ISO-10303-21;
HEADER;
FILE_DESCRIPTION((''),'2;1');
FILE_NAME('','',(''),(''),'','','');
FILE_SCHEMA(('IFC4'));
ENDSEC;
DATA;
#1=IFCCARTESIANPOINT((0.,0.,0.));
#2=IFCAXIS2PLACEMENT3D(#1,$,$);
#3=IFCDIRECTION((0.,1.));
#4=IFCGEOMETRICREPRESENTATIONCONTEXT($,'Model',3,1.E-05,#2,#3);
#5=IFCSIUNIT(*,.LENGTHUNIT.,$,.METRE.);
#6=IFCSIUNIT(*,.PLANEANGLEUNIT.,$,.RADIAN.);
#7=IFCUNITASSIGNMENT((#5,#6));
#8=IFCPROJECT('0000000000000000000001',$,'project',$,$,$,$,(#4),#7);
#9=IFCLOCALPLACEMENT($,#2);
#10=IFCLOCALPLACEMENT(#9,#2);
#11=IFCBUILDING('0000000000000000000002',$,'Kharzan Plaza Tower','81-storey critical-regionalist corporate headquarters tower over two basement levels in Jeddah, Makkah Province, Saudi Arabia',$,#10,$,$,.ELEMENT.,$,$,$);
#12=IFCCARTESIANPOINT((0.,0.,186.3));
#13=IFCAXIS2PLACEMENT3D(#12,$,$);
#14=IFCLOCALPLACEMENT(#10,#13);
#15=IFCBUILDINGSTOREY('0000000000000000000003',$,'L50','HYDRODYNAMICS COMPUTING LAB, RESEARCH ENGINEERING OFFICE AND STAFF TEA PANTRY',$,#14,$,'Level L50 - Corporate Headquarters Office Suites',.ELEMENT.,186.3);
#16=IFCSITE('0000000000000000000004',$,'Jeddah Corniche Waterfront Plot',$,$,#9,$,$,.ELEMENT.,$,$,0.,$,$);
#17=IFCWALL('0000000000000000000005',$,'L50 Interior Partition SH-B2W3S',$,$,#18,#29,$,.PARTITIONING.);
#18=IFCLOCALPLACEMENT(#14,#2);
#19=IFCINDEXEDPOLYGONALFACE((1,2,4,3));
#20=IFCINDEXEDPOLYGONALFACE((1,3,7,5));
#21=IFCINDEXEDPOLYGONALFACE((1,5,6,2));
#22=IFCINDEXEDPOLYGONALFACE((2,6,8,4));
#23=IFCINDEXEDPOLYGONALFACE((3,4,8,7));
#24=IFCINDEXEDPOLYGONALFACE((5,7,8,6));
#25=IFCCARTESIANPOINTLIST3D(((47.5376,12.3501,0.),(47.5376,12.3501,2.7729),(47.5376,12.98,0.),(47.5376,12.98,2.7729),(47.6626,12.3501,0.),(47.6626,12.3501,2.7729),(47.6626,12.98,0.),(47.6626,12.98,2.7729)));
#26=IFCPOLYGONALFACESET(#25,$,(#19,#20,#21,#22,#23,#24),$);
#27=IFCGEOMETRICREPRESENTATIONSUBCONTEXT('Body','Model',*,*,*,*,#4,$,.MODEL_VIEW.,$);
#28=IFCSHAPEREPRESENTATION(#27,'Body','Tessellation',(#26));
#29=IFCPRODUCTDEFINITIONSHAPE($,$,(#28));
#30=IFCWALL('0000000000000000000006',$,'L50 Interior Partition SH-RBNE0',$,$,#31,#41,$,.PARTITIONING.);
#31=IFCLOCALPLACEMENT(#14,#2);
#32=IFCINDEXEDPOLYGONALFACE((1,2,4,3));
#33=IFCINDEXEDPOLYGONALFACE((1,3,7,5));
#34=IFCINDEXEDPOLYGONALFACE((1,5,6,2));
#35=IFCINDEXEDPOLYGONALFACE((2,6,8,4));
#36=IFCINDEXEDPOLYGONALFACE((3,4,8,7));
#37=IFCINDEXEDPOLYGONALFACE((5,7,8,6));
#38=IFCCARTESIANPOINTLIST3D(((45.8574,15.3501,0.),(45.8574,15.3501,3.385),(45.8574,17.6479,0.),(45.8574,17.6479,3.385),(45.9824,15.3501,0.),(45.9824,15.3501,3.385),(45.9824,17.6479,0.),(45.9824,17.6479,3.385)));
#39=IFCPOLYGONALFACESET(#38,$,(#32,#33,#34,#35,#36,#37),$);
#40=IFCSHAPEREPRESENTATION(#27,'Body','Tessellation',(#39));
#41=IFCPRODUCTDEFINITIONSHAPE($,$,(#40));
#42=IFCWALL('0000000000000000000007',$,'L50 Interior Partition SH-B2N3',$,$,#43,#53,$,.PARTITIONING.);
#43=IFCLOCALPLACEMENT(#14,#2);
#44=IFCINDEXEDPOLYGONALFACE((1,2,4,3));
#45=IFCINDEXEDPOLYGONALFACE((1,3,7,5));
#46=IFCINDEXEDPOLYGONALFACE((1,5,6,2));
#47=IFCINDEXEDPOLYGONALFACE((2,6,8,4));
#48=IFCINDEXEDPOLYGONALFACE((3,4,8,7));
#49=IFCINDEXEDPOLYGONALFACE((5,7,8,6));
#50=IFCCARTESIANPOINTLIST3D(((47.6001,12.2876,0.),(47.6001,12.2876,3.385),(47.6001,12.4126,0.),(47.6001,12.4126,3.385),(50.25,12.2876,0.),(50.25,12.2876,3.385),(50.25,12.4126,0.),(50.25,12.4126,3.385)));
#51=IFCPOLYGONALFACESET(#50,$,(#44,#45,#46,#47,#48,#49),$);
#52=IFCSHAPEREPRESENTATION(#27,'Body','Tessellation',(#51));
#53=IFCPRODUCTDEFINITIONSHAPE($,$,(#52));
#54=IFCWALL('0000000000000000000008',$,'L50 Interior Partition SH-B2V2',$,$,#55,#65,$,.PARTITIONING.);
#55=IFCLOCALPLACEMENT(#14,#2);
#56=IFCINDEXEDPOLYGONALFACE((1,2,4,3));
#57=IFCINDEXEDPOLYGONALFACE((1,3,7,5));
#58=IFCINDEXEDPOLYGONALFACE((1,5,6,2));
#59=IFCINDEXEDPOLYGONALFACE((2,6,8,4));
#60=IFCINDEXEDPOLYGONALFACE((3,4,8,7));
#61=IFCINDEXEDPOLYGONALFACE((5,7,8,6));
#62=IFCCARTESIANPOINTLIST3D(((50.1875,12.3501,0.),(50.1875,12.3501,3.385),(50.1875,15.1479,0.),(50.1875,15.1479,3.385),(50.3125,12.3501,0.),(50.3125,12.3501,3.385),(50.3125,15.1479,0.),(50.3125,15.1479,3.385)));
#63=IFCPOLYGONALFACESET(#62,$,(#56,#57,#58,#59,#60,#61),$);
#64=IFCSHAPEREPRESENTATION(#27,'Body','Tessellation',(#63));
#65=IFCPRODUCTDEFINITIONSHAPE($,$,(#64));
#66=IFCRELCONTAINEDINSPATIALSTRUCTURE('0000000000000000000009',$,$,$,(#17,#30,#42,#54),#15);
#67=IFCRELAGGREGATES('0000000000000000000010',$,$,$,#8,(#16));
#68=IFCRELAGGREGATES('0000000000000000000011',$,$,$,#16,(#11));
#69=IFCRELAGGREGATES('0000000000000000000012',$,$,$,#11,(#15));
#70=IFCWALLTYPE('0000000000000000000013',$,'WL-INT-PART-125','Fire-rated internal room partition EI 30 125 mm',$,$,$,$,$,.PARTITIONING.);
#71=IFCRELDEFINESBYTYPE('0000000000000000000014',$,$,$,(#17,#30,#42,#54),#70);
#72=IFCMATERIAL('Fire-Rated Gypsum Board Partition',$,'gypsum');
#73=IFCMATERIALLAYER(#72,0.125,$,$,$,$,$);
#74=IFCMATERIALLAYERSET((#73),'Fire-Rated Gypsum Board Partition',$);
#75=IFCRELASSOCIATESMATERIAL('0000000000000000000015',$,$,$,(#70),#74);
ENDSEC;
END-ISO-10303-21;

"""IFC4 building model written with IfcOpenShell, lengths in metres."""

from ifc_helpers import new_model, si_unit, direction, frame, frame_2d, origin, place, context, subcontext, project, spatial, rectangle, extrude, source, transform, mapped, material, layer, layer_set, type_object, element, save


model = new_model("IFC4")

# Units and contexts
model_context = context("Model", 3, precision=1e-05, world=origin(), true_north=direction((0.0, 1.0)))
body_context = subcontext(model_context, "Body", "Model", "MODEL_VIEW")
ifc_project = project(units=[si_unit("LENGTHUNIT", "METRE"), si_unit("PLANEANGLEUNIT", "RADIAN")], contexts=[model_context])

# Site, building, storey
site_placement = place(None, origin())
site = spatial("IfcSite", under=ifc_project, at=site_placement, Name="Jeddah Corniche Waterfront Plot", CompositionType="ELEMENT", RefElevation=0.0)
building_placement = place(site_placement, origin())
building = spatial("IfcBuilding", under=site, at=building_placement, Name="Kharzan Plaza Tower", Description="81-storey critical-regionalist corporate headquarters tower over two basement levels in Jeddah, Makkah Province, Saudi Arabia", CompositionType="ELEMENT")
storey_placement = place(building_placement, frame((0.0, 0.0, 186.3)))
storey = spatial("IfcBuildingStorey", under=building, at=storey_placement, Name="L50", Description="HYDRODYNAMICS COMPUTING LAB, RESEARCH ENGINEERING OFFICE AND STAFF TEA PANTRY", LongName="Level L50 - Corporate Headquarters Office Suites", CompositionType="ELEMENT", Elevation=186.3)

# Shared definitions
ifc_material_1 = material(Name="Fire-Rated Gypsum Board Partition", Category="gypsum")
ifc_layer_1 = layer(ifc_material_1, 0.125)
ifc_layer_set_1 = layer_set([ifc_layer_1], Name="Fire-Rated Gypsum Board Partition")
wall_type_1 = type_object("IfcWallType", Name="WL-INT-PART-125", Description="Fire-rated internal room partition EI 30 125 mm", PredefinedType="PARTITIONING", material=ifc_layer_set_1)

# Walls
shared_shape_1 = source(origin(), body_context, "Body", "SweptSolid", [
    extrude(rectangle(XDim=0.6299, YDim=0.125, at=frame_2d((0.3149, 0.0))), origin(), (0.0, 0.0, 1.0), 2.7729),
])
wall_1_placement = place(storey_placement, frame((47.6001, 12.3501, 0.0), z_axis=(0.0, 0.0, 1.0), x_axis=(0.0, 1.0, 0.0)))
element("IfcWall", 1, at=wall_1_placement, inside=storey, type_object=wall_type_1, Name="L50 Interior Partition SH-B2W3S", PredefinedType="PARTITIONING", context=body_context, shape_type="MappedRepresentation", body=[
    mapped(shared_shape_1, transform((0.0, 0.0, 0.0), x_axis=(1.0, 0.0, 0.0), y_axis=(0.0, 1.0, 0.0), z_axis=(0.0, 0.0, 1.0))),
])
shared_shape_2 = source(origin(), body_context, "Body", "SweptSolid", [
    extrude(rectangle(XDim=2.2979, YDim=0.125, at=frame_2d((1.1489, 0.0))), origin(), (0.0, 0.0, 1.0), 3.385),
])
wall_2_placement = place(storey_placement, frame((45.9199, 15.3501, 0.0), z_axis=(0.0, 0.0, 1.0), x_axis=(0.0, 1.0, 0.0)))
element("IfcWall", 2, at=wall_2_placement, inside=storey, type_object=wall_type_1, Name="L50 Interior Partition SH-RBNE0", PredefinedType="PARTITIONING", context=body_context, shape_type="MappedRepresentation", body=[
    mapped(shared_shape_2, transform((0.0, 0.0, 0.0), x_axis=(1.0, 0.0, 0.0), y_axis=(0.0, 1.0, 0.0), z_axis=(0.0, 0.0, 1.0))),
])
shared_shape_3 = source(origin(), body_context, "Body", "SweptSolid", [
    extrude(rectangle(XDim=2.6499, YDim=0.125, at=frame_2d((1.325, 0.0))), origin(), (0.0, 0.0, 1.0), 3.385),
])
wall_3_placement = place(storey_placement, frame((47.6001, 12.3501, 0.0), z_axis=(0.0, 0.0, 1.0), x_axis=(1.0, 0.0, 0.0)))
element("IfcWall", 3, at=wall_3_placement, inside=storey, type_object=wall_type_1, Name="L50 Interior Partition SH-B2N3", PredefinedType="PARTITIONING", context=body_context, shape_type="MappedRepresentation", body=[
    mapped(shared_shape_3, transform((0.0, 0.0, 0.0), x_axis=(1.0, 0.0, 0.0), y_axis=(0.0, 1.0, 0.0), z_axis=(0.0, 0.0, 1.0))),
])
shared_shape_4 = source(origin(), body_context, "Body", "SweptSolid", [
    extrude(rectangle(XDim=2.7979, YDim=0.125, at=frame_2d((1.3989, 0.0))), origin(), (0.0, 0.0, 1.0), 3.385),
])
wall_4_placement = place(storey_placement, frame((50.25, 12.3501, 0.0), z_axis=(0.0, 0.0, 1.0), x_axis=(0.0, 1.0, 0.0)))
element("IfcWall", 4, at=wall_4_placement, inside=storey, type_object=wall_type_1, Name="L50 Interior Partition SH-B2V2", PredefinedType="PARTITIONING", context=body_context, shape_type="MappedRepresentation", body=[
    mapped(shared_shape_4, transform((0.0, 0.0, 0.0), x_axis=(1.0, 0.0, 0.0), y_axis=(0.0, 1.0, 0.0), z_axis=(0.0, 0.0, 1.0))),
])

save(model, "model.ifc")
